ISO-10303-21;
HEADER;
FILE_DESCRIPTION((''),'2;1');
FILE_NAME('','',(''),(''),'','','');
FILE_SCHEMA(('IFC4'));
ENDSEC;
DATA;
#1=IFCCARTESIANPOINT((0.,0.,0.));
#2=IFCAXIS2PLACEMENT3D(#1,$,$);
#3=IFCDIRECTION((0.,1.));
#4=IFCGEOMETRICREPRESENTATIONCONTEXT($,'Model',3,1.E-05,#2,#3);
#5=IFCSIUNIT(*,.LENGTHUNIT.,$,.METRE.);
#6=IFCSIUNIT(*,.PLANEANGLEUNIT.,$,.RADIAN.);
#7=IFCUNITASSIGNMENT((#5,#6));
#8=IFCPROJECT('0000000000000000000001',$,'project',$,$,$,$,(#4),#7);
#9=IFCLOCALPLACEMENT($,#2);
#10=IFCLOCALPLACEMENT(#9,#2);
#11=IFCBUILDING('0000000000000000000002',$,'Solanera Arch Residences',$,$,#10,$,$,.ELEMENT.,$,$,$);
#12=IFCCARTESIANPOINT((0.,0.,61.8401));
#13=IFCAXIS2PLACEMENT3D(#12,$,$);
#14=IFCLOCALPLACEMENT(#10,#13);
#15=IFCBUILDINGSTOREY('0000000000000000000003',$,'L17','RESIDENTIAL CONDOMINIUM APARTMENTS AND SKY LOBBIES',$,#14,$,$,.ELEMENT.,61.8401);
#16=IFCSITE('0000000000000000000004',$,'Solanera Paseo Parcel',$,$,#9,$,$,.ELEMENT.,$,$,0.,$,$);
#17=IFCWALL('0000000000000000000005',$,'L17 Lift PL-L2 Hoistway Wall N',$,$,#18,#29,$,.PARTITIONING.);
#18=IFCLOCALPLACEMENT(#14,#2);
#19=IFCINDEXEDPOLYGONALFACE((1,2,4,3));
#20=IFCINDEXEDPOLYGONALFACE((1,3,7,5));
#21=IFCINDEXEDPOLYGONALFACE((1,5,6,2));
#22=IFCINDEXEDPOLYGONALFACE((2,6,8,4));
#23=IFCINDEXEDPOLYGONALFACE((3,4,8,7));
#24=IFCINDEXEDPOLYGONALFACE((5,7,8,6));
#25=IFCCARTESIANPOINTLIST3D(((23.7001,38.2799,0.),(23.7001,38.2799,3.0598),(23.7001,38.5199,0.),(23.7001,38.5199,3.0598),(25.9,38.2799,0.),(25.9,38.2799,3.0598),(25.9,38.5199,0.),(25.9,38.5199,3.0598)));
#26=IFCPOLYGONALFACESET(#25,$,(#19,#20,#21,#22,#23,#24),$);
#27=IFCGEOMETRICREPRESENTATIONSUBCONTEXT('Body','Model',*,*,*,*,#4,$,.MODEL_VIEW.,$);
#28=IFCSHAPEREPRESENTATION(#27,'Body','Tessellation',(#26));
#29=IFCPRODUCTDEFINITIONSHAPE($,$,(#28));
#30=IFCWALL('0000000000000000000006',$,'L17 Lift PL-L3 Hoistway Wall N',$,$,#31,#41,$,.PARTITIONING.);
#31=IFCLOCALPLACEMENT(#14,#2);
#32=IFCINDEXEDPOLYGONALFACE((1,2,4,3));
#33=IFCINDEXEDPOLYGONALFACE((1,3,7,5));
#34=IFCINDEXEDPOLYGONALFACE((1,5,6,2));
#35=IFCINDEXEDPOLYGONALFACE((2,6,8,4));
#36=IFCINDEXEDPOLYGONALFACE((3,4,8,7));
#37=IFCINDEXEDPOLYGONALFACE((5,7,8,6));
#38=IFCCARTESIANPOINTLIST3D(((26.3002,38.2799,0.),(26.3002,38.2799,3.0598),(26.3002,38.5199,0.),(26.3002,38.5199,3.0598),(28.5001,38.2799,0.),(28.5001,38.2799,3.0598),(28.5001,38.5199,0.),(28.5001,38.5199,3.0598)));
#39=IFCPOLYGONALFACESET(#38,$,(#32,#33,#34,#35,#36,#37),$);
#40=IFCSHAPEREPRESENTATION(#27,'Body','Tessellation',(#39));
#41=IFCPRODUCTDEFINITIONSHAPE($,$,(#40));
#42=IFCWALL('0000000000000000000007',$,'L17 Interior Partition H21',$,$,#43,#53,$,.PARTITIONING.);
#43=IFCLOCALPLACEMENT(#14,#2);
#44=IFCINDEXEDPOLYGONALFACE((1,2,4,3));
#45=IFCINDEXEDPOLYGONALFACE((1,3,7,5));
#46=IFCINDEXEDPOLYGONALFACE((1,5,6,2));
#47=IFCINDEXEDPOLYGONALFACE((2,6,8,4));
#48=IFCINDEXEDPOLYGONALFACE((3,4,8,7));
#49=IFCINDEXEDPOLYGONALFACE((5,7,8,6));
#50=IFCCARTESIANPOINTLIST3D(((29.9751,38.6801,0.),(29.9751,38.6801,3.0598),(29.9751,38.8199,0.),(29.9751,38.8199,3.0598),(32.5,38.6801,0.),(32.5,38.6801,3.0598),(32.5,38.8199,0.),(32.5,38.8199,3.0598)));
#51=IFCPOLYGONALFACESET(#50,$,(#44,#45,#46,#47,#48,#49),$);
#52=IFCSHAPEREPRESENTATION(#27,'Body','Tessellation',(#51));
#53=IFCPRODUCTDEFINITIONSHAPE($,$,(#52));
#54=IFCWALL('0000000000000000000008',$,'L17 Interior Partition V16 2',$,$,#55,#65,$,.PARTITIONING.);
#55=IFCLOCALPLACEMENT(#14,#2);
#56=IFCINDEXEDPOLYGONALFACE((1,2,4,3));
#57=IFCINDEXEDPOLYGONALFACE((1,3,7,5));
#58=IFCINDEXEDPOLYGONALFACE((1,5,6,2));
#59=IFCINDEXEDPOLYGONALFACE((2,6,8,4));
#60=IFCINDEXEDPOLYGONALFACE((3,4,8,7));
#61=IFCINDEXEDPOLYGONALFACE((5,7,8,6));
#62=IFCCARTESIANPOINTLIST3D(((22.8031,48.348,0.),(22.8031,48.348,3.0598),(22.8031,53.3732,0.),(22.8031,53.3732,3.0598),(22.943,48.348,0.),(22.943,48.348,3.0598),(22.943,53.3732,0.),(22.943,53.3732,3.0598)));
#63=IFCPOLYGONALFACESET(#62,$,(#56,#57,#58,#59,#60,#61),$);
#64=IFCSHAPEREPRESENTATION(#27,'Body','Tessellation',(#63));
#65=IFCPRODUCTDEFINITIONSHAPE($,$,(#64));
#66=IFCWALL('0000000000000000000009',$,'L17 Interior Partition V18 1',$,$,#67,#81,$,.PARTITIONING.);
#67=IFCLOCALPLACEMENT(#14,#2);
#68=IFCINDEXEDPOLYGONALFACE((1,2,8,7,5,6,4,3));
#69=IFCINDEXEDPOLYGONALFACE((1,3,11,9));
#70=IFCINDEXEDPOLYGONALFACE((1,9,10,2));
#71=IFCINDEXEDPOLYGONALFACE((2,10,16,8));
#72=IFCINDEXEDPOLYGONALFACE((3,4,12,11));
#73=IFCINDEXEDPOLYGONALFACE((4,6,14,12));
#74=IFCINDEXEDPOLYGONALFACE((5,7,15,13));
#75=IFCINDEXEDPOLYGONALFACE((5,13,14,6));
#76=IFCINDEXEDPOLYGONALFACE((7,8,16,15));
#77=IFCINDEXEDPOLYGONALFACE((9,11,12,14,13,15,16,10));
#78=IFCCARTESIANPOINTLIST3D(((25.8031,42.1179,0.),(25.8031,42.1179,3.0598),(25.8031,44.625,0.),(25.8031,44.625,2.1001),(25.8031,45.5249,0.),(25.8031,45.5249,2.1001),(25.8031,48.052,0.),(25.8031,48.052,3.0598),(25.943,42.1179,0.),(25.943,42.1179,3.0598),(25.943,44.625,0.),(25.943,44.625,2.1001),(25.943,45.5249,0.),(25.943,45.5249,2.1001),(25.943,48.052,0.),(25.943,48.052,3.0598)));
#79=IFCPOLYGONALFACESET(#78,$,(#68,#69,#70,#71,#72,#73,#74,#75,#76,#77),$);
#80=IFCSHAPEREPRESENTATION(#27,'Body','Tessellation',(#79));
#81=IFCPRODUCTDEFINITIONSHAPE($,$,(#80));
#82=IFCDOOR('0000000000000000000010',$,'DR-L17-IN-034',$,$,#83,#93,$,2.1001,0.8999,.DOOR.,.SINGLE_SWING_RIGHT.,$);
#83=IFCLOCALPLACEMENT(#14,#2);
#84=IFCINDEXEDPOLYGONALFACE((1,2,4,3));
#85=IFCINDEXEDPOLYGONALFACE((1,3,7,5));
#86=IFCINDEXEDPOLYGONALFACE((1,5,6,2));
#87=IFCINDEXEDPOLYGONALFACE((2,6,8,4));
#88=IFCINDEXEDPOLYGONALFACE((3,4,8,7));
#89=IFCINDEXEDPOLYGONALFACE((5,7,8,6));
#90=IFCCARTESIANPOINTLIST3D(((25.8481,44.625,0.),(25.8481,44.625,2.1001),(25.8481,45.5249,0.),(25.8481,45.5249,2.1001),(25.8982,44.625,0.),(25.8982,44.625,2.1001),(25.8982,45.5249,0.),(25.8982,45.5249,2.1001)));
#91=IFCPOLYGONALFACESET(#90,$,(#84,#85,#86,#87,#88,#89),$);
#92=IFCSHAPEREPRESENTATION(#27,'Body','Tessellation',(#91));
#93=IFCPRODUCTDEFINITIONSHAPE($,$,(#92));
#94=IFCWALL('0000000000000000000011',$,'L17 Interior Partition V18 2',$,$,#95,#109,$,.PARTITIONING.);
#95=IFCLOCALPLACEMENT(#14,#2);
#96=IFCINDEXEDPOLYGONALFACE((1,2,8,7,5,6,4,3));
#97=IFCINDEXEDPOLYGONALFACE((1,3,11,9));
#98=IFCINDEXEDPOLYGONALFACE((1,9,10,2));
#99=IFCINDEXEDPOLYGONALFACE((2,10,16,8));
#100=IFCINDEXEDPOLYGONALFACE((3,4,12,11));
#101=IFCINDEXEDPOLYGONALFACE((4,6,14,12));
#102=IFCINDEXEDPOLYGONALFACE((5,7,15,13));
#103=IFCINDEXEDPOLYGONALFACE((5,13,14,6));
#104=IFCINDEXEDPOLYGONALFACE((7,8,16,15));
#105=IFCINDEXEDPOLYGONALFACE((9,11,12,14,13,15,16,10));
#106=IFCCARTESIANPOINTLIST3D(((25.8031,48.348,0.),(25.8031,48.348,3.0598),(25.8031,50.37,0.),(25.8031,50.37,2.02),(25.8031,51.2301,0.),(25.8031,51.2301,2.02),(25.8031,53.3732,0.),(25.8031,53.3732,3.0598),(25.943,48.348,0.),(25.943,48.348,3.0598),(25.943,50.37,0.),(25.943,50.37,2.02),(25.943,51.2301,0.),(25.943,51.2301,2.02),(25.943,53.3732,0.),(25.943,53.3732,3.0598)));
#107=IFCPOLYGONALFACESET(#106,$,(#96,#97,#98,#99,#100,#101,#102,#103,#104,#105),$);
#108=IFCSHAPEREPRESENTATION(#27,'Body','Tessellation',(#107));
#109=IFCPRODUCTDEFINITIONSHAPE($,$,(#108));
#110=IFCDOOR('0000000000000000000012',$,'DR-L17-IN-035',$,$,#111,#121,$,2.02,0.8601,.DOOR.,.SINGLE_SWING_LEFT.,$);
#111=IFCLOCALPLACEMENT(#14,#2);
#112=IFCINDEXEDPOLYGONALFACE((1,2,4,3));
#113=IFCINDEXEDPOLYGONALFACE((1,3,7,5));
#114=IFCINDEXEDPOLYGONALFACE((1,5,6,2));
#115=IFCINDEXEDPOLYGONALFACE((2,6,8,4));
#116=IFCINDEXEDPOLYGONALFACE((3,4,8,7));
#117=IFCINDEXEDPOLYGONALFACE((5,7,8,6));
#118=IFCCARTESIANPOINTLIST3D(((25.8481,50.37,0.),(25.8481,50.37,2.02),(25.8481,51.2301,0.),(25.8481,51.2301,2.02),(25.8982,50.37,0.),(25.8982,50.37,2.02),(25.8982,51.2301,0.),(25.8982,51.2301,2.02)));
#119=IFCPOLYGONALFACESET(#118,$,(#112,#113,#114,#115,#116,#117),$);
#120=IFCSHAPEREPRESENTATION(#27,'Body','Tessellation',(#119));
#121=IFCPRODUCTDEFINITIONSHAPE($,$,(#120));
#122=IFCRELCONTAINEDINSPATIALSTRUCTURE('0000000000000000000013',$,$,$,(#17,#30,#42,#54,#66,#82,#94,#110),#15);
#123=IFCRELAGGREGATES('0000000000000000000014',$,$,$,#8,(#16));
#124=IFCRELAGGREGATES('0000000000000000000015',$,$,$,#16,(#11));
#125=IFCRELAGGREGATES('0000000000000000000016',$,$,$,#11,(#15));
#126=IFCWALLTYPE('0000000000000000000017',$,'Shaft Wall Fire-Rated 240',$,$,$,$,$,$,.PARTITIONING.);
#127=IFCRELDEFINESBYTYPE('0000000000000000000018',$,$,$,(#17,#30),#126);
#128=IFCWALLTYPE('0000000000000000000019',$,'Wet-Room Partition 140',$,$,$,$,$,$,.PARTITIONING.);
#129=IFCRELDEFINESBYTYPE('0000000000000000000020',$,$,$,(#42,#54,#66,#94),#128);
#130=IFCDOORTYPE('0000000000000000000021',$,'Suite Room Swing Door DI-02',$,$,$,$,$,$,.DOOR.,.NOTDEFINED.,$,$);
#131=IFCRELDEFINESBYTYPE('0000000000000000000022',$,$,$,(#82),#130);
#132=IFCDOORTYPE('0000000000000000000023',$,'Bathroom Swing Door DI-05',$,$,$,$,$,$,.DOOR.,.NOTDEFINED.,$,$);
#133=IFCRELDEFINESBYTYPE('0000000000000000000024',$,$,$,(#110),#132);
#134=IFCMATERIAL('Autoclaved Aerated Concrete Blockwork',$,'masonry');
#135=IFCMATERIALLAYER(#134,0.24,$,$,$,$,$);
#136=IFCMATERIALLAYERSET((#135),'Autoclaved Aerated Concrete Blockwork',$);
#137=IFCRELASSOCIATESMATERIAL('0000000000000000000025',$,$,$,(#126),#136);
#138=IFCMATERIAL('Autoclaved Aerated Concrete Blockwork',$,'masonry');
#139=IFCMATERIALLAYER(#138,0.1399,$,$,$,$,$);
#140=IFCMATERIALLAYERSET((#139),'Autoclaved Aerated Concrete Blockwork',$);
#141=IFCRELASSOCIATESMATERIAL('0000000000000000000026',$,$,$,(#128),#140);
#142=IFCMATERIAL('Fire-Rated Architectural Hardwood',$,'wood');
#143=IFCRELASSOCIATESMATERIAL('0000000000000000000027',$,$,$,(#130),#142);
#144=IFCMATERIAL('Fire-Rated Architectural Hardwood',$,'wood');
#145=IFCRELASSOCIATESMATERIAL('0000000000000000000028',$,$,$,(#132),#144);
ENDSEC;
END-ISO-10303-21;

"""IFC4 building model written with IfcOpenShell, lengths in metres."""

from ifc_helpers import new_model, si_unit, direction, frame, frame_2d, origin, place, context, subcontext, project, spatial, rectangle, extrude, material, layer, layer_set, type_object, element, fill, save


model = new_model("IFC4")

# Units and contexts
model_context = context("Model", 3, precision=1e-05, world=origin(), true_north=direction((0.0, 1.0)))
body_context = subcontext(model_context, "Body", "Model", "MODEL_VIEW")
ifc_project = project(units=[si_unit("LENGTHUNIT", "METRE"), si_unit("PLANEANGLEUNIT", "RADIAN")], contexts=[model_context])

# Site, building, storey
site_placement = place(None, origin())
site = spatial("IfcSite", under=ifc_project, at=site_placement, Name="Solanera Paseo Parcel", CompositionType="ELEMENT", RefElevation=0.0)
building_placement = place(site_placement, origin())
building = spatial("IfcBuilding", under=site, at=building_placement, Name="Solanera Arch Residences", CompositionType="ELEMENT")
storey_placement = place(building_placement, frame((0.0, 0.0, 61.8401)))
storey = spatial("IfcBuildingStorey", under=building, at=storey_placement, Name="L17", Description="RESIDENTIAL CONDOMINIUM APARTMENTS AND SKY LOBBIES", CompositionType="ELEMENT", Elevation=61.8401)

# Walls
ifc_material_1 = material(Name="Autoclaved Aerated Concrete Blockwork", Category="masonry")
ifc_layer_1 = layer(ifc_material_1, 0.24)
ifc_layer_set_1 = layer_set([ifc_layer_1], Name="Autoclaved Aerated Concrete Blockwork")
wall_type_1 = type_object("IfcWallType", Name="Shaft Wall Fire-Rated 240", PredefinedType="PARTITIONING", material=ifc_layer_set_1)
for number, where, z_axis, x_axis, name in (
    (1, (23.7, 38.3999, 0.0), (0.0, 0.0, 1.0), (1.0, 0.0, 0.0), "L17 Lift PL-L2 Hoistway Wall N"),
    (2, (26.3, 38.3999, 0.0), (0.0, 0.0, 1.0), (1.0, 0.0, 0.0), "L17 Lift PL-L3 Hoistway Wall N"),
):
    element("IfcWall", number, at=place(storey_placement, frame(where, z_axis=z_axis, x_axis=x_axis)), inside=storey, type_object=wall_type_1, Name=name, PredefinedType="PARTITIONING", context=body_context, shape_type="SweptSolid", body=[
        extrude(rectangle(XDim=2.2, YDim=0.24, at=frame_2d((1.1001, 0.0))), origin(), (0.0, 0.0, 1.0), 3.0598),
    ])
ifc_material_2 = material(Name="Autoclaved Aerated Concrete Blockwork", Category="masonry")
ifc_layer_2 = layer(ifc_material_2, 0.1399)
ifc_layer_set_2 = layer_set([ifc_layer_2], Name="Autoclaved Aerated Concrete Blockwork")
wall_type_2 = type_object("IfcWallType", Name="Wet-Room Partition 140", PredefinedType="PARTITIONING", material=ifc_layer_set_2)
wall_1_placement = place(storey_placement, frame((29.9751, 38.75, 0.0), z_axis=(0.0, 0.0, 1.0), x_axis=(1.0, 0.0, 0.0)))
element("IfcWall", 3, at=wall_1_placement, inside=storey, type_object=wall_type_2, Name="L17 Interior Partition H21", PredefinedType="PARTITIONING", context=body_context, shape_type="SweptSolid", body=[
    extrude(rectangle(XDim=2.5249, YDim=0.1399, at=frame_2d((1.2625, 0.0))), origin(), (0.0, 0.0, 1.0), 3.0598),
])
wall_2_placement = place(storey_placement, frame((22.873, 48.3479, 0.0), z_axis=(0.0, 0.0, 1.0), x_axis=(0.0, 1.0, 0.0)))
element("IfcWall", 4, at=wall_2_placement, inside=storey, type_object=wall_type_2, Name="L17 Interior Partition V16 2", PredefinedType="PARTITIONING", context=body_context, shape_type="SweptSolid", body=[
    extrude(rectangle(XDim=5.0251, YDim=0.1399, at=frame_2d((2.5127, 0.0))), origin(), (0.0, 0.0, 1.0), 3.0598),
])

# Walls, openings, doors
wall_3_placement = place(storey_placement, frame((25.873, 42.1179, 0.0), z_axis=(0.0, 0.0, 1.0), x_axis=(0.0, 1.0, 0.0)))
wall_3 = element("IfcWall", 5, at=wall_3_placement, inside=storey, type_object=wall_type_2, Name="L17 Interior Partition V18 1", PredefinedType="PARTITIONING", context=body_context, shape_type="SweptSolid", body=[
    extrude(rectangle(XDim=5.9341, YDim=0.1399, at=frame_2d((2.967, 0.0))), origin(), (0.0, 0.0, 1.0), 3.0598),
])
opening_1_placement = place(wall_3_placement, frame((2.5071, 0.0, 0.0)))
opening_1 = element("IfcOpeningElement", 6, at=opening_1_placement, cuts=wall_3, PredefinedType="OPENING", context=body_context, shape_type="SweptSolid", body=[
    extrude(rectangle(XDim=0.8999, YDim=2.1001, at=frame_2d((0.45, 1.05))), frame((0.0, 0.0798, 0.0), z_axis=(0.0, -1.0, 0.0), x_axis=(1.0, 0.0, 0.0)), (0.0, 0.0, 1.0), 0.1599),
])
ifc_material_3 = material(Name="Fire-Rated Architectural Hardwood", Category="wood")
door_type_1 = type_object("IfcDoorType", Name="Suite Room Swing Door DI-02", OperationType="NOTDEFINED", PredefinedType="DOOR", material=ifc_material_3)
door_1_placement = place(opening_1_placement, origin())
door_1 = element("IfcDoor", 7, at=door_1_placement, inside=storey, type_object=door_type_1, Name="DR-L17-IN-034", OperationType="SINGLE_SWING_RIGHT", OverallHeight=2.1001, OverallWidth=0.8999, PredefinedType="DOOR", context=body_context, shape_type="SweptSolid", body=[
    extrude(rectangle(XDim=0.8999, YDim=2.1001, at=frame_2d((0.45, 1.05))), frame((0.0, 0.0249, 0.0), z_axis=(0.0, -1.0, 0.0), x_axis=(1.0, 0.0, 0.0)), (0.0, 0.0, 1.0), 0.05),
])
fill(opening_1, door_1)
wall_4_placement = place(storey_placement, frame((25.873, 48.3479, 0.0), z_axis=(0.0, 0.0, 1.0), x_axis=(0.0, 1.0, 0.0)))
wall_4 = element("IfcWall", 8, at=wall_4_placement, inside=storey, type_object=wall_type_2, Name="L17 Interior Partition V18 2", PredefinedType="PARTITIONING", context=body_context, shape_type="SweptSolid", body=[
    extrude(rectangle(XDim=5.0251, YDim=0.1399, at=frame_2d((2.5127, 0.0))), origin(), (0.0, 0.0, 1.0), 3.0598),
])
opening_2_placement = place(wall_4_placement, frame((2.022, 0.0, 0.0)))
opening_2 = element("IfcOpeningElement", 9, at=opening_2_placement, cuts=wall_4, PredefinedType="OPENING", context=body_context, shape_type="SweptSolid", body=[
    extrude(rectangle(XDim=0.8601, YDim=2.02, at=frame_2d((0.4302, 1.01))), frame((0.0, 0.0798, 0.0), z_axis=(0.0, -1.0, 0.0), x_axis=(1.0, 0.0, 0.0)), (0.0, 0.0, 1.0), 0.1599),
])
ifc_material_4 = material(Name="Fire-Rated Architectural Hardwood", Category="wood")
door_type_2 = type_object("IfcDoorType", Name="Bathroom Swing Door DI-05", OperationType="NOTDEFINED", PredefinedType="DOOR", material=ifc_material_4)
door_2_placement = place(opening_2_placement, origin())
door_2 = element("IfcDoor", 10, at=door_2_placement, inside=storey, type_object=door_type_2, Name="DR-L17-IN-035", OperationType="SINGLE_SWING_LEFT", OverallHeight=2.02, OverallWidth=0.8601, PredefinedType="DOOR", context=body_context, shape_type="SweptSolid", body=[
    extrude(rectangle(XDim=0.8601, YDim=2.02, at=frame_2d((0.4302, 1.01))), frame((0.0, 0.0249, 0.0), z_axis=(0.0, -1.0, 0.0), x_axis=(1.0, 0.0, 0.0)), (0.0, 0.0, 1.0), 0.05),
])
fill(opening_2, door_2)

save(model, "model.ifc")
